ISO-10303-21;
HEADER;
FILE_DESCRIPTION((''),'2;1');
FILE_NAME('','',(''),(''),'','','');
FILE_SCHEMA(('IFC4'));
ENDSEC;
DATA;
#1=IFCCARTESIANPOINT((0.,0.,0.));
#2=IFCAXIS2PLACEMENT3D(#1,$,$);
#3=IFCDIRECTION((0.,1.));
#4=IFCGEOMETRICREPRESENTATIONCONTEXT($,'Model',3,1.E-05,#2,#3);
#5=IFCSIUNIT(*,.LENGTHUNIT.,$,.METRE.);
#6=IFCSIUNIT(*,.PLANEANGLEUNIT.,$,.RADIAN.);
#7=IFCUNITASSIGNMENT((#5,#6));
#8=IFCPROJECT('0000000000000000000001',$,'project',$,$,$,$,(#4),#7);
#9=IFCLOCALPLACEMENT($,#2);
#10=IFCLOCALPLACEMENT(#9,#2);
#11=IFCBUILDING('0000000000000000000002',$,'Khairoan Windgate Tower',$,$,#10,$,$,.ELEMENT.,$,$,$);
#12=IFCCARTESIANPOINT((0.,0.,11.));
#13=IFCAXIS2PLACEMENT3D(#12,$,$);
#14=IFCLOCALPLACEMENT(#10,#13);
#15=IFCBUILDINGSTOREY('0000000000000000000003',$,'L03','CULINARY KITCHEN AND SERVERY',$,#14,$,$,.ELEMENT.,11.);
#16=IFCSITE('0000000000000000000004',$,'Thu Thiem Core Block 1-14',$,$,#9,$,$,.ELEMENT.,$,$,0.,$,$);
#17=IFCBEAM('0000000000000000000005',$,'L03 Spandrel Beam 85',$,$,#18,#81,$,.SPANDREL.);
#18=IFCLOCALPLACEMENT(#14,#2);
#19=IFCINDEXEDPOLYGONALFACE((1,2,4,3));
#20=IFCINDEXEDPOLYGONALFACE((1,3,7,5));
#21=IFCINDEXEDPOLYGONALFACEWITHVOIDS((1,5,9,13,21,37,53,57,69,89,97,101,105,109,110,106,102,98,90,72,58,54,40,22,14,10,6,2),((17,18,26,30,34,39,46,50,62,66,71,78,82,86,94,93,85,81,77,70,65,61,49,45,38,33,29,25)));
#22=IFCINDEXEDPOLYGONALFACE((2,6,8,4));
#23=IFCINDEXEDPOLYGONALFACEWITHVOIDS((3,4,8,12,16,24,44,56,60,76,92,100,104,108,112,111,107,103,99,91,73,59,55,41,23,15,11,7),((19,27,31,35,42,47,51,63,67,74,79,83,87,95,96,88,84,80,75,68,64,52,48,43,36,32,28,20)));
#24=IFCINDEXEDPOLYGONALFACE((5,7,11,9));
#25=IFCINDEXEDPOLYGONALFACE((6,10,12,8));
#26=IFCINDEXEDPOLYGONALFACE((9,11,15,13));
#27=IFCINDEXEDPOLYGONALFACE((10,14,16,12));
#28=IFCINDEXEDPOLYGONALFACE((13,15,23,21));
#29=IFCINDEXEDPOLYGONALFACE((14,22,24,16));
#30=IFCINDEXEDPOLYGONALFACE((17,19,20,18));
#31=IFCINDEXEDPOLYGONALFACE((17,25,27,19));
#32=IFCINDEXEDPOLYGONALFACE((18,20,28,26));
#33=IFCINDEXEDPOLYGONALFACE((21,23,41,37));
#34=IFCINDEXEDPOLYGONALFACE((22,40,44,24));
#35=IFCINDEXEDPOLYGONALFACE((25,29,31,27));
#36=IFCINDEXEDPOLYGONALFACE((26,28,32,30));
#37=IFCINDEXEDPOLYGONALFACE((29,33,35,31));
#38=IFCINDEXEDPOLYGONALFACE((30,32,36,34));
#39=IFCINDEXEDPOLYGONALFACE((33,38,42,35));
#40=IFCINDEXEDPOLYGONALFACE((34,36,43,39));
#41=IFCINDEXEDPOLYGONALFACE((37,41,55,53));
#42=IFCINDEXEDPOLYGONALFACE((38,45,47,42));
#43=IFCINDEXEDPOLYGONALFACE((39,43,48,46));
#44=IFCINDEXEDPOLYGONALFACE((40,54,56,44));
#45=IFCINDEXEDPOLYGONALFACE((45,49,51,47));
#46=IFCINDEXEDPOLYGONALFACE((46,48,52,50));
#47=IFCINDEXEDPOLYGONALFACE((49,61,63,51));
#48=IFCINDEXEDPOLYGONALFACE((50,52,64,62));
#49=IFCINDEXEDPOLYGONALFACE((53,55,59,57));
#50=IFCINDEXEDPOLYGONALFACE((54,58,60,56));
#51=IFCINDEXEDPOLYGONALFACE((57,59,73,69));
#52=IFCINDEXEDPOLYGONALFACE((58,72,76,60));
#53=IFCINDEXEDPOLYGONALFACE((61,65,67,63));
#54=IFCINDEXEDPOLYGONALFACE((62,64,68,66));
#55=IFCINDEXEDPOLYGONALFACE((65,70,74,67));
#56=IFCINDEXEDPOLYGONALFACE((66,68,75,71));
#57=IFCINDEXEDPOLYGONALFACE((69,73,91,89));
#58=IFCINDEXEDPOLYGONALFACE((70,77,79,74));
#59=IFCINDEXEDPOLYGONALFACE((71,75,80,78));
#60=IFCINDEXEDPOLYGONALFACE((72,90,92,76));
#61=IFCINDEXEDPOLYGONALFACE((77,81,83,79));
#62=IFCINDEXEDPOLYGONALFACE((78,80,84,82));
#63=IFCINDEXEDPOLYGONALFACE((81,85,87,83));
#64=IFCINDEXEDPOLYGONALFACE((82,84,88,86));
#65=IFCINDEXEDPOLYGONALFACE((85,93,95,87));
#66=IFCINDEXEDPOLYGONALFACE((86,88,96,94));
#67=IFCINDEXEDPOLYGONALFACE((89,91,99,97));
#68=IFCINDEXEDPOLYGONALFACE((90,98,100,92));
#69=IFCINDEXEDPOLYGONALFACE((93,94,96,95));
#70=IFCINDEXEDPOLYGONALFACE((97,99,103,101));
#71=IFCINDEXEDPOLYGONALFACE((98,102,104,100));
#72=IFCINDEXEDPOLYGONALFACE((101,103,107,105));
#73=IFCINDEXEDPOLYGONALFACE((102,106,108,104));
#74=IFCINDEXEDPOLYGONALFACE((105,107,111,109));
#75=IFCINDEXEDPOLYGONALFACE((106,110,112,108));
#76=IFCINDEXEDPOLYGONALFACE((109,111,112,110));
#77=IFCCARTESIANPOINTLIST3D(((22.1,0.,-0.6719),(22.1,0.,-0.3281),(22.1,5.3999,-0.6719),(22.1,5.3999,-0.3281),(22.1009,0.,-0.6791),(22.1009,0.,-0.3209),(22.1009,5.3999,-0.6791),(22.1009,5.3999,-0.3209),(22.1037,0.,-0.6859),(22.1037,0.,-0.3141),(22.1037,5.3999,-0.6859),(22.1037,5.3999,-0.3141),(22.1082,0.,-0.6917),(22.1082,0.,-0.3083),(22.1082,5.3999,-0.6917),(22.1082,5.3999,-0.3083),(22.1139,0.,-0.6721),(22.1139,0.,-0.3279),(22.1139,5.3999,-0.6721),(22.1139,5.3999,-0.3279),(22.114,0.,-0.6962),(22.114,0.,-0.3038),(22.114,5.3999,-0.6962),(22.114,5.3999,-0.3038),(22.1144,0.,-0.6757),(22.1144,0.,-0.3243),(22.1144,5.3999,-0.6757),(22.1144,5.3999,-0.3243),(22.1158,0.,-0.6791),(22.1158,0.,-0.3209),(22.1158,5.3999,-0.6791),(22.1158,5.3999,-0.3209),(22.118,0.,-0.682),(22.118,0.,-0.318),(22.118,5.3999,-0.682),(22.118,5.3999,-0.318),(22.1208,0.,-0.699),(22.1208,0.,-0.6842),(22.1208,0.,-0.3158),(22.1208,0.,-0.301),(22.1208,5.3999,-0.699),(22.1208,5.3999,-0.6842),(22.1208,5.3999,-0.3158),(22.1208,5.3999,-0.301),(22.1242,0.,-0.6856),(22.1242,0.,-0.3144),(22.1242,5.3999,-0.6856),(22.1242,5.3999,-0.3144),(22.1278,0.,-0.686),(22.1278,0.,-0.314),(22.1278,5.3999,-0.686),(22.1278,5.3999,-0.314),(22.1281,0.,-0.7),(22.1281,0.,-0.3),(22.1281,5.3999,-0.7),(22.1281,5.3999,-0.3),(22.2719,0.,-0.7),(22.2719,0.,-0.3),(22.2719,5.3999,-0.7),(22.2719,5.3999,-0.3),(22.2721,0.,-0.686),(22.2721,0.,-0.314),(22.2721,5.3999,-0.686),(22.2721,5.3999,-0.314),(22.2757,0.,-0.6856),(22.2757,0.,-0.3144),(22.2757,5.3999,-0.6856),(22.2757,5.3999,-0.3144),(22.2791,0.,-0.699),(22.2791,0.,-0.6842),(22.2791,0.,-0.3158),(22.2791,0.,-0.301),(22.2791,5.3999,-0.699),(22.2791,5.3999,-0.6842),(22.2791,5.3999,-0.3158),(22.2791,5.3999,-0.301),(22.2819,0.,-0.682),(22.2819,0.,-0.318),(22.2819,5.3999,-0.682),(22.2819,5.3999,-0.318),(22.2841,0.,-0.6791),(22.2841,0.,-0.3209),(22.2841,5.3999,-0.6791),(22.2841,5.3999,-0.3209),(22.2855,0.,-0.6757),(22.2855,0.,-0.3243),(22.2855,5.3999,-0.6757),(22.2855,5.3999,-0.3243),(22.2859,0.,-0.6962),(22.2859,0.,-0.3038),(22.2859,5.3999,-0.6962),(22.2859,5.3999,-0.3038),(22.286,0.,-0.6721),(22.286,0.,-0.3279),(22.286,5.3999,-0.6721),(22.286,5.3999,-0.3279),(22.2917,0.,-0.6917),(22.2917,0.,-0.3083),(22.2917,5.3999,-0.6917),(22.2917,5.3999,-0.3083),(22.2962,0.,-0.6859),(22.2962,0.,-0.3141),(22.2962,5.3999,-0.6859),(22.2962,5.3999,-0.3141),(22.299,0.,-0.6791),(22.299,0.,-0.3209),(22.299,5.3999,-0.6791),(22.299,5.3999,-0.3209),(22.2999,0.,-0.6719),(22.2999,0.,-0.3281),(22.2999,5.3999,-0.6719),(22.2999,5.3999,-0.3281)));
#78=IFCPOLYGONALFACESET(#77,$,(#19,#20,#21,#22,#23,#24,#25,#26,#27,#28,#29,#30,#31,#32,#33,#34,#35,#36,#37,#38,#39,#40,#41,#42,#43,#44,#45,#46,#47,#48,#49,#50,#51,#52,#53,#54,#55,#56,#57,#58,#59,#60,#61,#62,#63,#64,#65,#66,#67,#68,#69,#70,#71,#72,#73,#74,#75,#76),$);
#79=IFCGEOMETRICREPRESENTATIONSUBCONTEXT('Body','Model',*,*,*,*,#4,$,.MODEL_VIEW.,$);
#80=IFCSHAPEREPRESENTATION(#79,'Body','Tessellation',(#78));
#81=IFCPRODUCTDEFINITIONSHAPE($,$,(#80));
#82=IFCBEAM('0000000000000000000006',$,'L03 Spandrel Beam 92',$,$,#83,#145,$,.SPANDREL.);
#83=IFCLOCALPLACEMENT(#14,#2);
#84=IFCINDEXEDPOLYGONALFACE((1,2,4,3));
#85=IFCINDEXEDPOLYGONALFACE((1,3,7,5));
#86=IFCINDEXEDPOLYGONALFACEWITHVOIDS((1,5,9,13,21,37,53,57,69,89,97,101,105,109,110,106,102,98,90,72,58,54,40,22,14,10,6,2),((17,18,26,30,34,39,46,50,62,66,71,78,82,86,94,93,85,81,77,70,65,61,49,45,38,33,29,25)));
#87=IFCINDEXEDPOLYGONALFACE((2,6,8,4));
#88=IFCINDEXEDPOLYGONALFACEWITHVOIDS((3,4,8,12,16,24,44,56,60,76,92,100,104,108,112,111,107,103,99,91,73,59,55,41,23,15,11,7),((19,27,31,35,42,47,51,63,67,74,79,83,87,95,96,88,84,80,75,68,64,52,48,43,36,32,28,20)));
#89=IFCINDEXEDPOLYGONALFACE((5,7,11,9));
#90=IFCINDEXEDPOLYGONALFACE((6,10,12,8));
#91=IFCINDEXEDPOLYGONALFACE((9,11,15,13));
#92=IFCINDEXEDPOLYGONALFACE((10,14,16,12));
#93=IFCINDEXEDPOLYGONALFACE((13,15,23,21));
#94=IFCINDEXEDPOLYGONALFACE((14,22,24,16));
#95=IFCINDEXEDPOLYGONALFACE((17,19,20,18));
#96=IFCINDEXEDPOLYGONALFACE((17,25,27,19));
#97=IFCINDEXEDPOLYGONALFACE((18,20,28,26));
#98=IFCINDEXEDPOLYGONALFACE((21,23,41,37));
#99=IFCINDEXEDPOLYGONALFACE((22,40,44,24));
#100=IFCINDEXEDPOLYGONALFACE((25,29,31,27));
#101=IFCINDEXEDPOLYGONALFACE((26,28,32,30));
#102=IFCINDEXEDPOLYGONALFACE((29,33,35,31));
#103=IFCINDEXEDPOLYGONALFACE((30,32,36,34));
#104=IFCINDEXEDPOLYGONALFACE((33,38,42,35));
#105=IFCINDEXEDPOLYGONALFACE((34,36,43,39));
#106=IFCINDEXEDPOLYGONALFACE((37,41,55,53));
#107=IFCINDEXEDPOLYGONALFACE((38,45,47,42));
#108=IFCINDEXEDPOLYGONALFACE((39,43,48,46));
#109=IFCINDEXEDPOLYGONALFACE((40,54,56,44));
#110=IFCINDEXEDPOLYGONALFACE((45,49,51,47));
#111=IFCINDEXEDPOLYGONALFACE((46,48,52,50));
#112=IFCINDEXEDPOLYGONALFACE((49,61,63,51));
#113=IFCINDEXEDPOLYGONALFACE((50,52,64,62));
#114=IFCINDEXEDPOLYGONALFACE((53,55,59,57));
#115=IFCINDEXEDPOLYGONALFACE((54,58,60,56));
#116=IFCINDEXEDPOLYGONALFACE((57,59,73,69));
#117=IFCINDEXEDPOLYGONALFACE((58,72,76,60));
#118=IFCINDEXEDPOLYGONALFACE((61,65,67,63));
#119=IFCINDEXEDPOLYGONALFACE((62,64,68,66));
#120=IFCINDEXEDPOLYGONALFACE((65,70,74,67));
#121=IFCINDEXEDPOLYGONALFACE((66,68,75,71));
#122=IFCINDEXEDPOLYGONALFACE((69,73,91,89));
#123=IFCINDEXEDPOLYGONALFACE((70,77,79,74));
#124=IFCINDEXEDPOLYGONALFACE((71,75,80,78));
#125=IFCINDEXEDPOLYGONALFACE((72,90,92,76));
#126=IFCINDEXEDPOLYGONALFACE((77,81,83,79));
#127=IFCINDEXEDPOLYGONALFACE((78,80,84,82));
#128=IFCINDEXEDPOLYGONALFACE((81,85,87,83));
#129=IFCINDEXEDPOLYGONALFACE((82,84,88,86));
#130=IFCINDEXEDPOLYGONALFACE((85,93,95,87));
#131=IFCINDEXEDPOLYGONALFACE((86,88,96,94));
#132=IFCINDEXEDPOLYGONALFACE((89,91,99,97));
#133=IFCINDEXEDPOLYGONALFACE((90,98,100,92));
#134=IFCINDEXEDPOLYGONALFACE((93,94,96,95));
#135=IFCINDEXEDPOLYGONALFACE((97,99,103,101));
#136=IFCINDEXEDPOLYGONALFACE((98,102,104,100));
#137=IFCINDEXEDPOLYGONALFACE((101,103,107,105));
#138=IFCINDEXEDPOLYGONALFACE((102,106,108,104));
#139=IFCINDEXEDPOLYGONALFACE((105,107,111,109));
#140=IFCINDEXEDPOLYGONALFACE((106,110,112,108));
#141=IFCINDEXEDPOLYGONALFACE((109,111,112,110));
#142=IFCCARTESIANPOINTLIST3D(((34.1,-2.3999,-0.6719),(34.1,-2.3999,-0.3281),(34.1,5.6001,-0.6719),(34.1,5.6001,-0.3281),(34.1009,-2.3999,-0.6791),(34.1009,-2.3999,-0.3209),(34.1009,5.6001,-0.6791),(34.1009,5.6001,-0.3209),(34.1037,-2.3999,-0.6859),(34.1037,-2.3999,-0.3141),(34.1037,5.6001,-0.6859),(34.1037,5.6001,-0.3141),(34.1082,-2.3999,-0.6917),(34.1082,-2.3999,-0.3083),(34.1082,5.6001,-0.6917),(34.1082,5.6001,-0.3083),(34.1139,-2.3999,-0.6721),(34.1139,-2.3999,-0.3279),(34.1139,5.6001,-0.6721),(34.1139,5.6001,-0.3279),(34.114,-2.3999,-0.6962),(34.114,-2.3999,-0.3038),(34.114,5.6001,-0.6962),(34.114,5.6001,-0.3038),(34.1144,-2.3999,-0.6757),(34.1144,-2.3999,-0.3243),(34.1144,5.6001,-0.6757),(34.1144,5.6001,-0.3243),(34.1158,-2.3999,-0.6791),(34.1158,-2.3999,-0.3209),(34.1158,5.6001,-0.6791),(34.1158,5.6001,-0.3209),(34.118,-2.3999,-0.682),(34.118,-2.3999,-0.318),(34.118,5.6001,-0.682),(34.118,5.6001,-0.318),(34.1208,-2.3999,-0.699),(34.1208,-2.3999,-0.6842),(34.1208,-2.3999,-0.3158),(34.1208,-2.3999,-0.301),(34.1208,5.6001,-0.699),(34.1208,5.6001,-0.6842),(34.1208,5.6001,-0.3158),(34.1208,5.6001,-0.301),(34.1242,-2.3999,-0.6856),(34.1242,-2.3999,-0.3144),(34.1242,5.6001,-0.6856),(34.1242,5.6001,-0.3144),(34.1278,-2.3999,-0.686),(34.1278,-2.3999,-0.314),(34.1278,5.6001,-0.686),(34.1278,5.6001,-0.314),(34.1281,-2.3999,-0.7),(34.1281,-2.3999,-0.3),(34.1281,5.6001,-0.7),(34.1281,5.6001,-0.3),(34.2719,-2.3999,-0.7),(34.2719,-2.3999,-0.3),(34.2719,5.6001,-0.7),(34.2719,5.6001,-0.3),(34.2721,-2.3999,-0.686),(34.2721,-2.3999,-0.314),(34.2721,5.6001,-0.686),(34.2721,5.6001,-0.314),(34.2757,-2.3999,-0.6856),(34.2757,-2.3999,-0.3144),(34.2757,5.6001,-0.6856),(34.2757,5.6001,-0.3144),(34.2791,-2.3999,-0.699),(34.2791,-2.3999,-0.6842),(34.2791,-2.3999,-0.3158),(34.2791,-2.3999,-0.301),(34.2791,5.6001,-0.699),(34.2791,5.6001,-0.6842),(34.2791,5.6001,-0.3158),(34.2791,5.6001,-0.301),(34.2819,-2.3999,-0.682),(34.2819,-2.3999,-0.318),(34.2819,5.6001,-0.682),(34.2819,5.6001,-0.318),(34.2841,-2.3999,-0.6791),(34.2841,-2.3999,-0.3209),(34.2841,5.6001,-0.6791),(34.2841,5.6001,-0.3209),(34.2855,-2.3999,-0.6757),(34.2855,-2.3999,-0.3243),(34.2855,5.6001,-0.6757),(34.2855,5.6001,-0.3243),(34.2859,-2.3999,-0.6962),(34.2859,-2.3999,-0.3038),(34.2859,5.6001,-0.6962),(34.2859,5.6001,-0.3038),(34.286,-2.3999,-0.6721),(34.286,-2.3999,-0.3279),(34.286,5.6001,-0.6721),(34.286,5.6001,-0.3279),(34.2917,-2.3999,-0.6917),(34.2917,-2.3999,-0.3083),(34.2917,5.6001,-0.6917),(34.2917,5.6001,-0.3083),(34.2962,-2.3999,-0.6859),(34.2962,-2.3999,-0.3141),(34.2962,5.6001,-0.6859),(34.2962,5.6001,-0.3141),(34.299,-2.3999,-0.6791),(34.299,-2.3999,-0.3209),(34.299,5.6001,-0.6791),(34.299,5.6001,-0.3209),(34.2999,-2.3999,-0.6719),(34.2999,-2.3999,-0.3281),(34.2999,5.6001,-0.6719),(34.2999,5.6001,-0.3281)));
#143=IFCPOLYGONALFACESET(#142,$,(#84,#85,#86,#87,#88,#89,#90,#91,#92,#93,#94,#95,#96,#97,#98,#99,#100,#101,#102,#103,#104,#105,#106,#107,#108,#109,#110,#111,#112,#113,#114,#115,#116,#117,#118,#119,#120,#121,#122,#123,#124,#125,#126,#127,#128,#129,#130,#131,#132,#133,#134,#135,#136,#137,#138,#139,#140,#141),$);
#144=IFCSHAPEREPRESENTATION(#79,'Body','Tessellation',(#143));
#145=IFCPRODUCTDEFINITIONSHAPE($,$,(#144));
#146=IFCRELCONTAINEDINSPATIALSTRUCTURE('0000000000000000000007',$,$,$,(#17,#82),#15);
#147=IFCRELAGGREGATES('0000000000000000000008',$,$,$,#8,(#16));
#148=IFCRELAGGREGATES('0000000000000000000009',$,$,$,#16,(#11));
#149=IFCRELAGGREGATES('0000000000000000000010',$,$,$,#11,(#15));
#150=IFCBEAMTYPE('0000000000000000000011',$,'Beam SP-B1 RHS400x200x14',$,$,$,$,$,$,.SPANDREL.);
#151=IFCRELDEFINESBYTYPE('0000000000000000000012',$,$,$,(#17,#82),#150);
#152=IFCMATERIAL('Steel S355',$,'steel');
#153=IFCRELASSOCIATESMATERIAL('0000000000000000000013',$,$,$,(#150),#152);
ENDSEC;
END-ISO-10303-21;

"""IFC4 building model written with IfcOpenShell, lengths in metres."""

from ifc_helpers import new_model, si_unit, direction, frame, origin, origin_2d, place, context, subcontext, project, spatial, hollow_rectangle, extrude, material, material_profile, profile_set, type_object, element, save


model = new_model("IFC4")

# Units and contexts
model_context = context("Model", 3, precision=1e-05, world=origin(), true_north=direction((0.0, 1.0)))
body_context = subcontext(model_context, "Body", "Model", "MODEL_VIEW")
ifc_project = project(units=[si_unit("LENGTHUNIT", "METRE"), si_unit("PLANEANGLEUNIT", "RADIAN")], contexts=[model_context])

# Site, building, storey
site_placement = place(None, origin())
site = spatial("IfcSite", under=ifc_project, at=site_placement, Name="Thu Thiem Core Block 1-14", CompositionType="ELEMENT", RefElevation=0.0)
building_placement = place(site_placement, origin())
building = spatial("IfcBuilding", under=site, at=building_placement, Name="Khairoan Windgate Tower", CompositionType="ELEMENT")
storey_placement = place(building_placement, frame((0.0, 0.0, 11.0)))
storey = spatial("IfcBuildingStorey", under=building, at=storey_placement, Name="L03", Description="CULINARY KITCHEN AND SERVERY", CompositionType="ELEMENT", Elevation=11.0)

# Beams
ifc_material_1 = material(Name="Steel S355", Category="steel")
ifc_material_profile_1 = material_profile(ifc_material_1, hollow_rectangle(XDim=0.2, YDim=0.3999, WallThickness=0.0139, InnerFilletRadius=0.0139, OuterFilletRadius=0.0281, at=origin_2d()))
ifc_profile_set_1 = profile_set([ifc_material_profile_1], Name="Steel S355")
beam_type_1 = type_object("IfcBeamType", Name="Beam SP-B1 RHS400x200x14", PredefinedType="SPANDREL", material=ifc_profile_set_1)
beam_1_placement = place(storey_placement, frame((22.2, 0.0, -0.5), z_axis=(0.0, 1.0, 0.0), x_axis=(-1.0, 0.0, 0.0)))
element("IfcBeam", 1, at=beam_1_placement, inside=storey, type_object=beam_type_1, Name="L03 Spandrel Beam 85", PredefinedType="SPANDREL", context=body_context, shape_type="SweptSolid", body=[
    extrude(hollow_rectangle(XDim=0.2, YDim=0.3999, WallThickness=0.0139, InnerFilletRadius=0.0139, OuterFilletRadius=0.0281, at=origin_2d()), origin(), (0.0, 0.0, 1.0), 5.3999),
])
beam_2_placement = place(storey_placement, frame((34.2, -2.3999, -0.5), z_axis=(0.0, 1.0, 0.0), x_axis=(-1.0, 0.0, 0.0)))
element("IfcBeam", 2, at=beam_2_placement, inside=storey, type_object=beam_type_1, Name="L03 Spandrel Beam 92", PredefinedType="SPANDREL", context=body_context, shape_type="SweptSolid", body=[
    extrude(hollow_rectangle(XDim=0.2, YDim=0.3999, WallThickness=0.0139, InnerFilletRadius=0.0139, OuterFilletRadius=0.0281, at=origin_2d()), origin(), (0.0, 0.0, 1.0), 8.0),
])

save(model, "model.ifc")
